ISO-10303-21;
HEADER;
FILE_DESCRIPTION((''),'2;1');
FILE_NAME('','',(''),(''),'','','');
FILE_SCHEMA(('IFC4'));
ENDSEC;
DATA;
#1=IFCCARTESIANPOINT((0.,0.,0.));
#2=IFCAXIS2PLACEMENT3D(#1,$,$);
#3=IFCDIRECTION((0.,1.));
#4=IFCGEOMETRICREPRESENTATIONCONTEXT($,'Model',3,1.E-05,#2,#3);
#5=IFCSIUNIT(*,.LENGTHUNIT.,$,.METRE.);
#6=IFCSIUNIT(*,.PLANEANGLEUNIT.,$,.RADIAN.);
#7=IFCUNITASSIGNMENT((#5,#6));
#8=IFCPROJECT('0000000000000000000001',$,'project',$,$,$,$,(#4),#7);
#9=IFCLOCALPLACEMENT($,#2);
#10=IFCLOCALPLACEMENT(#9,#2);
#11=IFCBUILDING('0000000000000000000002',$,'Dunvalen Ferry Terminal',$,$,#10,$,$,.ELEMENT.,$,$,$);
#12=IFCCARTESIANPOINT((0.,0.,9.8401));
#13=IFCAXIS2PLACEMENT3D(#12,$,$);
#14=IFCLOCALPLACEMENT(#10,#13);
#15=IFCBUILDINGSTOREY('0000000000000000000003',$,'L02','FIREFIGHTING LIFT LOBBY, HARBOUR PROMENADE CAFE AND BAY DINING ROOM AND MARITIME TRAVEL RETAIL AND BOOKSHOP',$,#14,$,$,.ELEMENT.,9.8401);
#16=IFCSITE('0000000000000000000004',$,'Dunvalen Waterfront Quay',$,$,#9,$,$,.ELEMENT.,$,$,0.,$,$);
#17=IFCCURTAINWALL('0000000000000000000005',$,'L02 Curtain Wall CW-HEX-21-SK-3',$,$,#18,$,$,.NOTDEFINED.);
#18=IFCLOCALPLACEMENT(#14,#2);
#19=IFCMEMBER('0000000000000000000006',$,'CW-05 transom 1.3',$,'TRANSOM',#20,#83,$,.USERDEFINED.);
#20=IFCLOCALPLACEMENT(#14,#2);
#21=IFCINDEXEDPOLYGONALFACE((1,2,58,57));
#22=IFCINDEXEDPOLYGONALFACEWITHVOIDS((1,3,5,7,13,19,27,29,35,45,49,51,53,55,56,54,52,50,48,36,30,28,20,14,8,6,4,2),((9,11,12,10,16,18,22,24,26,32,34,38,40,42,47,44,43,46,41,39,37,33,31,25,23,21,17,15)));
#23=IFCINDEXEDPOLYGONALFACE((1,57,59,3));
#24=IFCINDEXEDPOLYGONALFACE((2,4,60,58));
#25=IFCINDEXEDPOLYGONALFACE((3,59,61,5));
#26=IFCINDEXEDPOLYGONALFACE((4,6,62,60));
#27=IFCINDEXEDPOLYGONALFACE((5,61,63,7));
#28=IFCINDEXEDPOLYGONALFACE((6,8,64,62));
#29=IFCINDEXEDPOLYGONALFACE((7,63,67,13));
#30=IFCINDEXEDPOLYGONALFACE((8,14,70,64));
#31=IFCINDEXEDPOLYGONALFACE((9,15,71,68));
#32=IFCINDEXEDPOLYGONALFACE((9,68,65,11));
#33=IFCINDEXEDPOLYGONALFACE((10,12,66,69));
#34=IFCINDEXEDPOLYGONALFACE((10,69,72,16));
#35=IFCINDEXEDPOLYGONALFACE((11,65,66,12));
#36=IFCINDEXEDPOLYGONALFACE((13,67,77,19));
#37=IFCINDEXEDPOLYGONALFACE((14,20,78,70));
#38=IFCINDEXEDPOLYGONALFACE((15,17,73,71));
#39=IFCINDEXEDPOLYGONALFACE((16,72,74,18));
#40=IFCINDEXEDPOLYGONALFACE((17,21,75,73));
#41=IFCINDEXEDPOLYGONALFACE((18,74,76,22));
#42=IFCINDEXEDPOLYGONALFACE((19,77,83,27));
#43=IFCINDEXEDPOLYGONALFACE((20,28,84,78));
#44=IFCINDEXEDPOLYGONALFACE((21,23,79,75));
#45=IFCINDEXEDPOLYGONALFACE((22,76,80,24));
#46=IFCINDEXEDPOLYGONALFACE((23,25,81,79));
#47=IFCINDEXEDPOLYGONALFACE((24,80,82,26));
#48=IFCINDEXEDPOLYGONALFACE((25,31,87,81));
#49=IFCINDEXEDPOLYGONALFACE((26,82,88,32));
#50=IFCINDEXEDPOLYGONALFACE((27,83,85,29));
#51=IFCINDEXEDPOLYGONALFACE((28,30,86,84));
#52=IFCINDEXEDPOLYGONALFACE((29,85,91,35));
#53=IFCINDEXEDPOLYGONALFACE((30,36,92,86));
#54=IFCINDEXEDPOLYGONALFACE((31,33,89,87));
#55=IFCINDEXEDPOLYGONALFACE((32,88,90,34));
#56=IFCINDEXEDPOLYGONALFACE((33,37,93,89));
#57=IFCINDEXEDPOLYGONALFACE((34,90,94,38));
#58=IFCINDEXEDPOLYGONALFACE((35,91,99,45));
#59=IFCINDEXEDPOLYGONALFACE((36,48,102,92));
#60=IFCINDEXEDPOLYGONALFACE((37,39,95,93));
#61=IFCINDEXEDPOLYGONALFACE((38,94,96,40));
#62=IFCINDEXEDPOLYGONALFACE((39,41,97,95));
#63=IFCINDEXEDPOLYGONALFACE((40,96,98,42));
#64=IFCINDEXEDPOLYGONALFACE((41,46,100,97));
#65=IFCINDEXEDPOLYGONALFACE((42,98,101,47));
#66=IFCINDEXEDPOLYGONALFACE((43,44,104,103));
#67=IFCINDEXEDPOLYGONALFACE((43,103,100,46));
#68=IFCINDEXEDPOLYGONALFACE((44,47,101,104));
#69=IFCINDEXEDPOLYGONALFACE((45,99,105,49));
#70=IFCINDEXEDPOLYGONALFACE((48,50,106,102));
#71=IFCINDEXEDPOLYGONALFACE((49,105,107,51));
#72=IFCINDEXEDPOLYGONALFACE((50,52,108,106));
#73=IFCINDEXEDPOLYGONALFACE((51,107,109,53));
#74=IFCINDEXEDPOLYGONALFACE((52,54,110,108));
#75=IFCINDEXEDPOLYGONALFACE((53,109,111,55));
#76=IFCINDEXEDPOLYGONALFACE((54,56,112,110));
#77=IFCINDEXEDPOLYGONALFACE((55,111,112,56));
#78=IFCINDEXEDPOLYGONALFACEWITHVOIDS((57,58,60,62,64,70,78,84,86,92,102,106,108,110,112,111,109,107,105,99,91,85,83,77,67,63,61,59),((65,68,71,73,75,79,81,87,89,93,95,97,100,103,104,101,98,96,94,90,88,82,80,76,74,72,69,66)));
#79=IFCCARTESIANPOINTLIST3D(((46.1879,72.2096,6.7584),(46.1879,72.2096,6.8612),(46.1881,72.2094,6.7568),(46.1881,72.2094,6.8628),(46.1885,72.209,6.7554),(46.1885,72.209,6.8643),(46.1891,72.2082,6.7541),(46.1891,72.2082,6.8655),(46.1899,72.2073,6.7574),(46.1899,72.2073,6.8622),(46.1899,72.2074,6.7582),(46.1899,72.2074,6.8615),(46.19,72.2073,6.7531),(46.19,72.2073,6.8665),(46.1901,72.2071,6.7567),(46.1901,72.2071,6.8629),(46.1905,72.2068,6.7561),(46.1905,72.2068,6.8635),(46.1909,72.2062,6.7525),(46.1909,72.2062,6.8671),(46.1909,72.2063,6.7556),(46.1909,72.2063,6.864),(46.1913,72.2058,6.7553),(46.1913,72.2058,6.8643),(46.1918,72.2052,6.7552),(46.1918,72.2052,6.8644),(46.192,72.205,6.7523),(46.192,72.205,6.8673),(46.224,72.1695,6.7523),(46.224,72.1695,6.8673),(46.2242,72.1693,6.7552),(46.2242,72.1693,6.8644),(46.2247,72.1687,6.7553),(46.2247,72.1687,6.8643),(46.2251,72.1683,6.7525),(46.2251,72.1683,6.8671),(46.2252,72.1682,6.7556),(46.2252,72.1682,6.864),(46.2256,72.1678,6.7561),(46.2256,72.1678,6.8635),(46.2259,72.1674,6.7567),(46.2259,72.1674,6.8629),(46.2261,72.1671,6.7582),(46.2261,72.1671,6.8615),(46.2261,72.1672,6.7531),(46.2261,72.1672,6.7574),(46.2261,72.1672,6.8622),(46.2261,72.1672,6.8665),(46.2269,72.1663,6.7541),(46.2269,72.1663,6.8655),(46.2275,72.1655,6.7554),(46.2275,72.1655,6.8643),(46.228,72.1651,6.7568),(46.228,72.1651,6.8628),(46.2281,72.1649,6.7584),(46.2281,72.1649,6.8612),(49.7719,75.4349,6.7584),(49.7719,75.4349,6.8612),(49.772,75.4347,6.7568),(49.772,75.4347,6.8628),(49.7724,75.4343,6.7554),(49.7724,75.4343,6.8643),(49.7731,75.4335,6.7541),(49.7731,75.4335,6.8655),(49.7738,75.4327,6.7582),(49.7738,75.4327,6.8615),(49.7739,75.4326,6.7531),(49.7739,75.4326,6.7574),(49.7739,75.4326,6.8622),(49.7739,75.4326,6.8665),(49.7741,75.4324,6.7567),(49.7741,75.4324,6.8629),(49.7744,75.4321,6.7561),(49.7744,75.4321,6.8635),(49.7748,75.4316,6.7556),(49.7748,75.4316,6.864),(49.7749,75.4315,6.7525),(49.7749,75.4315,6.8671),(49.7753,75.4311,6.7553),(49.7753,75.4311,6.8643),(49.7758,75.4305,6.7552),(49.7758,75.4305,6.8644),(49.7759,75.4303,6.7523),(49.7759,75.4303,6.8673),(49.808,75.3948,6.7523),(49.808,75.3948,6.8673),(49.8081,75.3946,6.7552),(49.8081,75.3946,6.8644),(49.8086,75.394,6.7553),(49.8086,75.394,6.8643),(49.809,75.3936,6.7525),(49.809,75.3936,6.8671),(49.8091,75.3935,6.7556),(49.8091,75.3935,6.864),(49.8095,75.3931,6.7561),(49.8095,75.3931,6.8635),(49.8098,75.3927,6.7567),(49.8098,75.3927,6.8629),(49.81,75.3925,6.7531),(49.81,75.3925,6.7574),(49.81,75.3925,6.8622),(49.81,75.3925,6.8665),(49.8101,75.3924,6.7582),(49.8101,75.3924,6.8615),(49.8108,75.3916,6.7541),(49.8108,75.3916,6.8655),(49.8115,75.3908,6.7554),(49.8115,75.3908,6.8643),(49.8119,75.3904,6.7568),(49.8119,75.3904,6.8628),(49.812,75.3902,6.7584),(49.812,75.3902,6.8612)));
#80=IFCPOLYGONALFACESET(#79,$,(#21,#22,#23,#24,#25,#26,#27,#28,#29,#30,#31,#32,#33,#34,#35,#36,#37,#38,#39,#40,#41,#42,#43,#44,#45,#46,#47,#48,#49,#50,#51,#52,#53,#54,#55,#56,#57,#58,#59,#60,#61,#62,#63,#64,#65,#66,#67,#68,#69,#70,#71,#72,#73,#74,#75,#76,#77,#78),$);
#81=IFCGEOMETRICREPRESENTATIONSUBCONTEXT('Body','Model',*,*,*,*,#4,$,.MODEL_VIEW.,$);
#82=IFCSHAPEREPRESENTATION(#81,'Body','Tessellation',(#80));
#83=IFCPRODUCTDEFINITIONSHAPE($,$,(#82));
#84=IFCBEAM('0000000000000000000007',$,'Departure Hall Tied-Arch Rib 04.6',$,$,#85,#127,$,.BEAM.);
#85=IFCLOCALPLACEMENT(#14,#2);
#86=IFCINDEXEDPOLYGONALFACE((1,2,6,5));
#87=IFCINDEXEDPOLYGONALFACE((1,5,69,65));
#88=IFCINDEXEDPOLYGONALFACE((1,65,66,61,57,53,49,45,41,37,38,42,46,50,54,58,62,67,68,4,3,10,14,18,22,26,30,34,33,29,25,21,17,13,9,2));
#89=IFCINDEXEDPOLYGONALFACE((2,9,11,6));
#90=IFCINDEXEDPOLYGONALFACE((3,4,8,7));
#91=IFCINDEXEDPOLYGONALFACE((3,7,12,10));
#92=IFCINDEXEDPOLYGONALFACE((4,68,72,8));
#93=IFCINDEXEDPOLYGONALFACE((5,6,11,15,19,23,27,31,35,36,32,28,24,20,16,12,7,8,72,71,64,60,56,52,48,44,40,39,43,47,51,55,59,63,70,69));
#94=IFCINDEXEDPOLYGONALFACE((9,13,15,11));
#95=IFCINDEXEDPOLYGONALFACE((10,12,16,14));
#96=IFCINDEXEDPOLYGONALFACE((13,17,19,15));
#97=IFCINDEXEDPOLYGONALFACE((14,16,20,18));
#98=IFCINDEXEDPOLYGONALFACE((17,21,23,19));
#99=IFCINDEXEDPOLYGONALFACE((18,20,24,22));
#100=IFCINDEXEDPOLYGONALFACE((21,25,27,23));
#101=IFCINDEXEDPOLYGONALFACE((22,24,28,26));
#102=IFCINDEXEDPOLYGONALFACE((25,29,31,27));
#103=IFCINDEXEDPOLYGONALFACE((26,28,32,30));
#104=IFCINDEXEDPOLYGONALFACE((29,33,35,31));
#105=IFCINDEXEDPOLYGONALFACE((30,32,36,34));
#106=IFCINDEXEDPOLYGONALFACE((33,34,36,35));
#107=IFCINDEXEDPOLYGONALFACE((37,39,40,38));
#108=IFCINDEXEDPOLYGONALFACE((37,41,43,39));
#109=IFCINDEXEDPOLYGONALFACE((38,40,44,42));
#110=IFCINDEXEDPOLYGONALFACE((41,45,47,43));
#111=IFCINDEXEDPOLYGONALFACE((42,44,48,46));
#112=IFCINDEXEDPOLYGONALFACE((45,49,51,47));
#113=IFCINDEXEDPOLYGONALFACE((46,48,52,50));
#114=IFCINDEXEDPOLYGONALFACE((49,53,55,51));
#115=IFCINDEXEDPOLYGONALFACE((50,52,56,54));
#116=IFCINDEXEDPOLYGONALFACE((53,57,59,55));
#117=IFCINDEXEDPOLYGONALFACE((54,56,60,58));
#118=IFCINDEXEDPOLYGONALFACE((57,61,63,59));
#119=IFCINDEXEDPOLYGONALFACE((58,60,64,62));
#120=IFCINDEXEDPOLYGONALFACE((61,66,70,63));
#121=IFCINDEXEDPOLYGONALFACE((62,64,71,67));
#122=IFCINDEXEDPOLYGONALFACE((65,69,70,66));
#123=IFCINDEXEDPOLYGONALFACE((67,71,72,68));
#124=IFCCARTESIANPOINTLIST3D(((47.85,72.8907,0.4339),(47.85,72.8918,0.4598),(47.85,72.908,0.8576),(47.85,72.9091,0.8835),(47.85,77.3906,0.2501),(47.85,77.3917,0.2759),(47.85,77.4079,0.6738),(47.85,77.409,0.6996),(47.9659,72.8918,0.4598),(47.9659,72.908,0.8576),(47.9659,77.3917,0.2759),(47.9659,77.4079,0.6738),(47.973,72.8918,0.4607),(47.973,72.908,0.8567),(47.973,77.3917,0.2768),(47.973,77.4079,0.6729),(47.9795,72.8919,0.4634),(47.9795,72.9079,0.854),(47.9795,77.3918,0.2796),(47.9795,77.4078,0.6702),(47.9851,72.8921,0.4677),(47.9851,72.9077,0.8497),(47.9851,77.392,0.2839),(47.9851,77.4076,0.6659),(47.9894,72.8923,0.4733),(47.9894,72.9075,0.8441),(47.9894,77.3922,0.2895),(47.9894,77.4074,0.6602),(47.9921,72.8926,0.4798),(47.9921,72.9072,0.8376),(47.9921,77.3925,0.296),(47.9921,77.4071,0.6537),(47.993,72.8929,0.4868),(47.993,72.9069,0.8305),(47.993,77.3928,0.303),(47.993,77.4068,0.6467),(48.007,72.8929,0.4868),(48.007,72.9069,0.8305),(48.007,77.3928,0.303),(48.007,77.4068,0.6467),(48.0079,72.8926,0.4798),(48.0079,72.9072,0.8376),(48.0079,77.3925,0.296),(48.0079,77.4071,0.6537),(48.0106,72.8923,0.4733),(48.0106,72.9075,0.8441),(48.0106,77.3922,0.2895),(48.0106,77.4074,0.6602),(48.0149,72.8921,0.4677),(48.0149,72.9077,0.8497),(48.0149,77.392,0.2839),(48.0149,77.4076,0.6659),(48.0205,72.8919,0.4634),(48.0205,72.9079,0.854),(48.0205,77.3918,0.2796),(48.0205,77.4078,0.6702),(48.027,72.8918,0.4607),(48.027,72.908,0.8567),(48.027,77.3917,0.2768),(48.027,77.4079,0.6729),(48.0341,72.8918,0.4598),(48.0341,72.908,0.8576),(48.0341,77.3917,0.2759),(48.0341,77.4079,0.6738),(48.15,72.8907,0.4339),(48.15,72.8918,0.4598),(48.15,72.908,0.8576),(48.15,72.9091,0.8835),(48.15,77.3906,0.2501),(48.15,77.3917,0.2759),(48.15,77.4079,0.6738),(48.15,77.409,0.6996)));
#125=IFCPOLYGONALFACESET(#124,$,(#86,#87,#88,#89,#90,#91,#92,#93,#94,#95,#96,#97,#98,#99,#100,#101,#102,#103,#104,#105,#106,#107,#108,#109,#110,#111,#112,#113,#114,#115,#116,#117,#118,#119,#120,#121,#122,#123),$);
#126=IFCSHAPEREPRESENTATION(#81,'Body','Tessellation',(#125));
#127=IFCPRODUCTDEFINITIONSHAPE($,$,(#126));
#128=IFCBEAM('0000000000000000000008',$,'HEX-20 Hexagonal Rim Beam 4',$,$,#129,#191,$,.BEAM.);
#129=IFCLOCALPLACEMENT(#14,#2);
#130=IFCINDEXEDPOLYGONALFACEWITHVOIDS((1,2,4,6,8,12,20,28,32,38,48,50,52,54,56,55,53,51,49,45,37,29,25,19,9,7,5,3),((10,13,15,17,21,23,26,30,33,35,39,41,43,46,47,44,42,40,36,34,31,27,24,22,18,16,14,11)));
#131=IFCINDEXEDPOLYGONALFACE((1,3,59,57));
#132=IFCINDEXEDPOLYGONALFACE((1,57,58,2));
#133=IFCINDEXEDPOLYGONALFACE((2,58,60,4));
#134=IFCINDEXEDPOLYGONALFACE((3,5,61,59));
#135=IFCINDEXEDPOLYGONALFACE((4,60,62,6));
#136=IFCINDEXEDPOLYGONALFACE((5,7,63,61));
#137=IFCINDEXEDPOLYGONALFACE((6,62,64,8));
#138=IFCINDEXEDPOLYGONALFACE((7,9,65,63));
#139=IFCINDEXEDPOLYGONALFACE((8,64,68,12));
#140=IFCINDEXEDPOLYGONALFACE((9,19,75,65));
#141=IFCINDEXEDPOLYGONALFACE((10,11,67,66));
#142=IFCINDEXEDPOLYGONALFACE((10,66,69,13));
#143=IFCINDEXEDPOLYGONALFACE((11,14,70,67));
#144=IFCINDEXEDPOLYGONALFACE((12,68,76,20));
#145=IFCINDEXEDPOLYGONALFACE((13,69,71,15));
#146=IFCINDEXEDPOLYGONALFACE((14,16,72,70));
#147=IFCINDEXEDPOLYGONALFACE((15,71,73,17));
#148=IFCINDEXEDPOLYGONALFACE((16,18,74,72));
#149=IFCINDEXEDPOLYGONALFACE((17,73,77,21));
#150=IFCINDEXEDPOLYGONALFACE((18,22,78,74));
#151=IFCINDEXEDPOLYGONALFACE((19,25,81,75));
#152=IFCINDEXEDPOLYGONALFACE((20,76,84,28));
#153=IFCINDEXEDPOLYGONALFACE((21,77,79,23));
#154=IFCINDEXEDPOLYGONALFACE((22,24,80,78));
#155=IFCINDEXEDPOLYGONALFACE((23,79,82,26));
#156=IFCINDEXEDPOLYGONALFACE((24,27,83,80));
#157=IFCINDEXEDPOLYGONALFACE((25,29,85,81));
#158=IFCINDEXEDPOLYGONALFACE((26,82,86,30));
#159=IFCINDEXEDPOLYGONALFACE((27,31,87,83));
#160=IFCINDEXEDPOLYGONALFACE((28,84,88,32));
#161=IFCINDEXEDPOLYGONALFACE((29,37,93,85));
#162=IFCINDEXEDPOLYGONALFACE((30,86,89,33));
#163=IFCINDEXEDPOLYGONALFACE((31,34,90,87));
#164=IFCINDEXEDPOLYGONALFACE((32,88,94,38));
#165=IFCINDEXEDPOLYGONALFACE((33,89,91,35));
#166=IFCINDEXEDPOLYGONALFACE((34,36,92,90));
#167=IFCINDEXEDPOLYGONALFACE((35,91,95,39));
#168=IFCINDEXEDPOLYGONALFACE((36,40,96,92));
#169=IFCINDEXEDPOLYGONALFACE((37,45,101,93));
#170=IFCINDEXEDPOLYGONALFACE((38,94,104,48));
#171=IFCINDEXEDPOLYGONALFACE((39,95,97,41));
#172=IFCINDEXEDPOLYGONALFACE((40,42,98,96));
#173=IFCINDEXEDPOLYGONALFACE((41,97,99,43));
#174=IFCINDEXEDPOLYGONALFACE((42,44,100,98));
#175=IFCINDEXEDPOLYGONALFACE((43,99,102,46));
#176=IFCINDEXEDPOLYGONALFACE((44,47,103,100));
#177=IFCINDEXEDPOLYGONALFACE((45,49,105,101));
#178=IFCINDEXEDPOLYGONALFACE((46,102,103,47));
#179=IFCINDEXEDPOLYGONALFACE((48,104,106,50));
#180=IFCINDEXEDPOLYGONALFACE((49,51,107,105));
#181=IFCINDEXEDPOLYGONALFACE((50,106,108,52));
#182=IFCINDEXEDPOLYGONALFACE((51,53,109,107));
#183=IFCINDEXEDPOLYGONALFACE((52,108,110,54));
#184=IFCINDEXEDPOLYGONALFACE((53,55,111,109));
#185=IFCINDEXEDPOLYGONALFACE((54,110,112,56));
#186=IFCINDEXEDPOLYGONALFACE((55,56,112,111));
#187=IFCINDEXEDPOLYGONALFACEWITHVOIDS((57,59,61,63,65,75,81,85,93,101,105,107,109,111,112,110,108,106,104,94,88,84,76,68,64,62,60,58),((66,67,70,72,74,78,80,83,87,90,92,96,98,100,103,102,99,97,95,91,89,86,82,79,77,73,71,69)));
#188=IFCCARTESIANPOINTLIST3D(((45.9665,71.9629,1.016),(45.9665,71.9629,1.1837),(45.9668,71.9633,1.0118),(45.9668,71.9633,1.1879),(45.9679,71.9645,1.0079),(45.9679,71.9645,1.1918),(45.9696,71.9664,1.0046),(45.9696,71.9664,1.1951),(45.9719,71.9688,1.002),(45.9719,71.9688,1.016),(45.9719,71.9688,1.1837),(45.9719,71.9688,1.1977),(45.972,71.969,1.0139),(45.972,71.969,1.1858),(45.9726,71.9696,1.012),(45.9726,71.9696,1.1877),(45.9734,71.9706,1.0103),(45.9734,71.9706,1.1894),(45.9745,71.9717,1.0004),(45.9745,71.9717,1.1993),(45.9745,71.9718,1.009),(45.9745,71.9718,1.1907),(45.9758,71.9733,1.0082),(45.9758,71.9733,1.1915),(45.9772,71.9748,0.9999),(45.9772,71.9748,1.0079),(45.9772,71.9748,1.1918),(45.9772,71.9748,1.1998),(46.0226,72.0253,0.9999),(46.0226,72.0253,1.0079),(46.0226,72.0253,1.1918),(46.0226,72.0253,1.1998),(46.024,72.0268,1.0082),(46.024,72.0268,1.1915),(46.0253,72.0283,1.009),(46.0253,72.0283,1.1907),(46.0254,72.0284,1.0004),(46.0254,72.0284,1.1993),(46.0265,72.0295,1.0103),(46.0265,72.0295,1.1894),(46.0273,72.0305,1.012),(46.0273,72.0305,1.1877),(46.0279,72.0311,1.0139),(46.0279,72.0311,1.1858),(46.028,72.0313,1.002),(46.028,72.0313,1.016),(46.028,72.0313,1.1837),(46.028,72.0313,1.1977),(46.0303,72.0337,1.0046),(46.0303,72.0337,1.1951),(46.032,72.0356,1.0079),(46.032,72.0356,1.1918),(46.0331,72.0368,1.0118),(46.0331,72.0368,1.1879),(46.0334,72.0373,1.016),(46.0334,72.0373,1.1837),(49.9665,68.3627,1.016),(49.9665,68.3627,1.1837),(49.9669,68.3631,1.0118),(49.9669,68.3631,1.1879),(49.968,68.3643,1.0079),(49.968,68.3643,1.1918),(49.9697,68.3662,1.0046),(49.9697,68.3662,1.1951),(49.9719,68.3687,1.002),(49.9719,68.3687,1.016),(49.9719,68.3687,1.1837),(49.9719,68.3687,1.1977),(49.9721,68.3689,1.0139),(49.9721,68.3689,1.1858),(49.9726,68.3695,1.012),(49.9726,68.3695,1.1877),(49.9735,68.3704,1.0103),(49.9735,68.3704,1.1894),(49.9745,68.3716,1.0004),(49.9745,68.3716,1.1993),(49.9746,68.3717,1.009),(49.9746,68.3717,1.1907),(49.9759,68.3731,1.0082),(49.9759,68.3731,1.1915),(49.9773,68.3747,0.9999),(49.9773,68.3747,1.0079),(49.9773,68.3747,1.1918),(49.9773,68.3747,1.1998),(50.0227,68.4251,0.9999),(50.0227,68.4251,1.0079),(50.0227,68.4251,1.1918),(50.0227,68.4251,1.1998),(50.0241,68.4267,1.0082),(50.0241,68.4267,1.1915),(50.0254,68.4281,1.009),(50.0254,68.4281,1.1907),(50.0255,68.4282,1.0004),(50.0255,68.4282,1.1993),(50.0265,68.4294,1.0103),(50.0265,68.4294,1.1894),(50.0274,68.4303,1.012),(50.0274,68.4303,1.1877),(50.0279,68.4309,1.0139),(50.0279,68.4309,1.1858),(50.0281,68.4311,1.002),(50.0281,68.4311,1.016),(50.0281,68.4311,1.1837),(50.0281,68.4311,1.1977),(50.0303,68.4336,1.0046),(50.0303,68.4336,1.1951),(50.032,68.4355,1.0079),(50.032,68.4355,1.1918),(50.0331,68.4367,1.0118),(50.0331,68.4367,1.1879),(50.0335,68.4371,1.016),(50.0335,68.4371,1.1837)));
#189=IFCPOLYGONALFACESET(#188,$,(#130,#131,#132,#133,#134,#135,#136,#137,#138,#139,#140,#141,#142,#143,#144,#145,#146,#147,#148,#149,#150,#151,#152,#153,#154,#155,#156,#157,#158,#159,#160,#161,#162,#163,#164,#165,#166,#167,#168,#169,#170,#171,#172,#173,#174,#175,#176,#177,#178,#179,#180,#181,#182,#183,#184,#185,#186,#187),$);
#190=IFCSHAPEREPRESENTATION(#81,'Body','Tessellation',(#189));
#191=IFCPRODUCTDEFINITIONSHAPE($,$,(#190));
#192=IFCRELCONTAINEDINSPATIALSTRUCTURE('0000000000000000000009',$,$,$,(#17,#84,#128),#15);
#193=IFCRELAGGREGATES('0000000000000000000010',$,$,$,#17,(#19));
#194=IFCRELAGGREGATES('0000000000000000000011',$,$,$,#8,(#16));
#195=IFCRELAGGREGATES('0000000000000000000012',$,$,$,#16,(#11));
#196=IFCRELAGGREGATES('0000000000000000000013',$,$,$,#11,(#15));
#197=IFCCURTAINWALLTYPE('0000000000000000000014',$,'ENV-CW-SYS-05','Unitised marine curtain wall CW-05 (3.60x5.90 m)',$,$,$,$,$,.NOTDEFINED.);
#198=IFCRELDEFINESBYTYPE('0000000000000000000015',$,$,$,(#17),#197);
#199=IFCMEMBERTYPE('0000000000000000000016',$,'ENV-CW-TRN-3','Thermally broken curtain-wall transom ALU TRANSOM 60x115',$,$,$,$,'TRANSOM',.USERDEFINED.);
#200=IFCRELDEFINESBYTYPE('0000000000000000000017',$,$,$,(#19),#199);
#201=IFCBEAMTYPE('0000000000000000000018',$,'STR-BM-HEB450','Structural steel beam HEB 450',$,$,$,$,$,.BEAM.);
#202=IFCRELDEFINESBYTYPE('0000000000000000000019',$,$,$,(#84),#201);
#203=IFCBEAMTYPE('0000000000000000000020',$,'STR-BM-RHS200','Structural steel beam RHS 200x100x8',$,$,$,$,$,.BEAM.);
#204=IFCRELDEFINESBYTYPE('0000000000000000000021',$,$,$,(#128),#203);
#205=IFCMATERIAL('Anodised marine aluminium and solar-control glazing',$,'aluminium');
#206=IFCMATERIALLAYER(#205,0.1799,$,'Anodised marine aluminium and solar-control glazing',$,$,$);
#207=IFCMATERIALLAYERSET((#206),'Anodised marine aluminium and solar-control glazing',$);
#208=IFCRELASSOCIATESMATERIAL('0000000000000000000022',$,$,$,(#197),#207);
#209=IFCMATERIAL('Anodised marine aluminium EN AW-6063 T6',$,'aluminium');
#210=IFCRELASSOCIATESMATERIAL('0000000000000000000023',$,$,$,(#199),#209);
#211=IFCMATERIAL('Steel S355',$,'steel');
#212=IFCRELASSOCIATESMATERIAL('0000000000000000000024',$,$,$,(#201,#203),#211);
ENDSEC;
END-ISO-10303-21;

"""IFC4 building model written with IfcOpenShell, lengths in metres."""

from ifc_helpers import new_model, si_unit, direction, frame, origin, origin_2d, place, context, subcontext, project, spatial, hollow_rectangle, i_section, extrude, material, layer, layer_set, material_profile, profile_set, type_object, element, aggregate, save


model = new_model("IFC4")

# Units and contexts
model_context = context("Model", 3, precision=1e-05, world=origin(), true_north=direction((0.0, 1.0)))
body_context = subcontext(model_context, "Body", "Model", "MODEL_VIEW")
ifc_project = project(units=[si_unit("LENGTHUNIT", "METRE"), si_unit("PLANEANGLEUNIT", "RADIAN")], contexts=[model_context])

# Site, building, storey
site_placement = place(None, origin())
site = spatial("IfcSite", under=ifc_project, at=site_placement, Name="Dunvalen Waterfront Quay", CompositionType="ELEMENT", RefElevation=0.0)
building_placement = place(site_placement, origin())
building = spatial("IfcBuilding", under=site, at=building_placement, Name="Dunvalen Ferry Terminal", CompositionType="ELEMENT")
storey_placement = place(building_placement, frame((0.0, 0.0, 9.8401)))
storey = spatial("IfcBuildingStorey", under=building, at=storey_placement, Name="L02", Description="FIREFIGHTING LIFT LOBBY, HARBOUR PROMENADE CAFE AND BAY DINING ROOM AND MARITIME TRAVEL RETAIL AND BOOKSHOP", CompositionType="ELEMENT", Elevation=9.8401)

# Curtain wall, member
ifc_material_1 = material(Name="Anodised marine aluminium and solar-control glazing", Category="aluminium")
ifc_layer_1 = layer(ifc_material_1, 0.1799, Name="Anodised marine aluminium and solar-control glazing")
ifc_layer_set_1 = layer_set([ifc_layer_1], Name="Anodised marine aluminium and solar-control glazing")
curtain_wall_type = type_object("IfcCurtainWallType", Name="ENV-CW-SYS-05", Description="Unitised marine curtain wall CW-05 (3.60x5.90 m)", PredefinedType="NOTDEFINED", material=ifc_layer_set_1)
curtain_wall_placement = place(storey_placement, origin())
curtain_wall = element("IfcCurtainWall", 1, at=curtain_wall_placement, inside=storey, type_object=curtain_wall_type, Name="L02 Curtain Wall CW-HEX-21-SK-3", PredefinedType="NOTDEFINED")
ifc_material_2 = material(Name="Anodised marine aluminium EN AW-6063 T6", Category="aluminium")
ifc_material_profile_1 = material_profile(ifc_material_2, hollow_rectangle(XDim=0.0601, YDim=0.115, WallThickness=0.0029, InnerFilletRadius=0.0029, OuterFilletRadius=0.0061, at=origin_2d()), Name="Anodised marine aluminium EN AW-6063 T6")
ifc_profile_set_1 = profile_set([ifc_material_profile_1], Name="Anodised marine aluminium EN AW-6063 T6")
member_type_1 = type_object("IfcMemberType", Name="ENV-CW-TRN-3", Description="Thermally broken curtain-wall transom ALU TRANSOM 60x115", ElementType="TRANSOM", PredefinedType="USERDEFINED", material=ifc_profile_set_1)
member_1_placement = place(storey_placement, frame((46.208, 72.1873, 6.8098), z_axis=(0.743319, 0.668937, 0.0), x_axis=(-0.668937, 0.743319, 0.0)))
member_1 = element("IfcMember", 2, at=member_1_placement, type_object=member_type_1, Name="CW-05 transom 1.3", ObjectType="TRANSOM", PredefinedType="USERDEFINED", context=body_context, shape_type="SweptSolid", body=[
    extrude(hollow_rectangle(XDim=0.0601, YDim=0.115, WallThickness=0.0029, InnerFilletRadius=0.0029, OuterFilletRadius=0.0061, at=origin_2d()), origin(), (0.0, 0.0, 1.0), 4.8215),
])

# Beams
ifc_material_3 = material(Name="Steel S355", Category="steel")
ifc_material_profile_2 = material_profile(ifc_material_3, i_section(OverallWidth=0.3, OverallDepth=0.45, WebThickness=0.0139, FlangeThickness=0.0259, FilletRadius=0.0271, at=origin_2d()), Name="Steel S355")
ifc_profile_set_2 = profile_set([ifc_material_profile_2], Name="Steel S355")
beam_type_1 = type_object("IfcBeamType", Name="STR-BM-HEB450", Description="Structural steel beam HEB 450", PredefinedType="BEAM", material=ifc_profile_set_2)
beam_1_placement = place(storey_placement, frame((48.0, 72.8999, 0.6587), z_axis=(0.0, 0.999167, -0.040819), x_axis=(-1.0, 0.0, 0.0)))
element("IfcBeam", 3, at=beam_1_placement, inside=storey, type_object=beam_type_1, Name="Departure Hall Tied-Arch Rib 04.6", PredefinedType="BEAM", context=body_context, shape_type="SweptSolid", body=[
    extrude(i_section(OverallWidth=0.3, OverallDepth=0.45, WebThickness=0.0139, FlangeThickness=0.0259, FilletRadius=0.0271, at=origin_2d()), origin(), (0.0, 0.0, 1.0), 4.5037),
])
ifc_material_profile_3 = material_profile(ifc_material_3, hollow_rectangle(XDim=0.1001, YDim=0.2, WallThickness=0.0081, InnerFilletRadius=0.0081, OuterFilletRadius=0.0161, at=origin_2d()), Name="Steel S355")
ifc_profile_set_3 = profile_set([ifc_material_profile_3], Name="Steel S355")
beam_type_2 = type_object("IfcBeamType", Name="STR-BM-RHS200", Description="Structural steel beam RHS 200x100x8", PredefinedType="BEAM", material=ifc_profile_set_3)
beam_2_placement = place(storey_placement, frame((50.0, 68.3999, 1.0999), z_axis=(-0.743285, 0.668975, 0.0), x_axis=(-0.668975, -0.743285, 0.0)))
element("IfcBeam", 4, at=beam_2_placement, inside=storey, type_object=beam_type_2, Name="HEX-20 Hexagonal Rim Beam 4", PredefinedType="BEAM", context=body_context, shape_type="SweptSolid", body=[
    extrude(hollow_rectangle(XDim=0.1001, YDim=0.2, WallThickness=0.0081, InnerFilletRadius=0.0081, OuterFilletRadius=0.0161, at=origin_2d()), origin(), (0.0, 0.0, 1.0), 5.3816),
])

aggregate(curtain_wall, [member_1])

save(model, "model.ifc")
